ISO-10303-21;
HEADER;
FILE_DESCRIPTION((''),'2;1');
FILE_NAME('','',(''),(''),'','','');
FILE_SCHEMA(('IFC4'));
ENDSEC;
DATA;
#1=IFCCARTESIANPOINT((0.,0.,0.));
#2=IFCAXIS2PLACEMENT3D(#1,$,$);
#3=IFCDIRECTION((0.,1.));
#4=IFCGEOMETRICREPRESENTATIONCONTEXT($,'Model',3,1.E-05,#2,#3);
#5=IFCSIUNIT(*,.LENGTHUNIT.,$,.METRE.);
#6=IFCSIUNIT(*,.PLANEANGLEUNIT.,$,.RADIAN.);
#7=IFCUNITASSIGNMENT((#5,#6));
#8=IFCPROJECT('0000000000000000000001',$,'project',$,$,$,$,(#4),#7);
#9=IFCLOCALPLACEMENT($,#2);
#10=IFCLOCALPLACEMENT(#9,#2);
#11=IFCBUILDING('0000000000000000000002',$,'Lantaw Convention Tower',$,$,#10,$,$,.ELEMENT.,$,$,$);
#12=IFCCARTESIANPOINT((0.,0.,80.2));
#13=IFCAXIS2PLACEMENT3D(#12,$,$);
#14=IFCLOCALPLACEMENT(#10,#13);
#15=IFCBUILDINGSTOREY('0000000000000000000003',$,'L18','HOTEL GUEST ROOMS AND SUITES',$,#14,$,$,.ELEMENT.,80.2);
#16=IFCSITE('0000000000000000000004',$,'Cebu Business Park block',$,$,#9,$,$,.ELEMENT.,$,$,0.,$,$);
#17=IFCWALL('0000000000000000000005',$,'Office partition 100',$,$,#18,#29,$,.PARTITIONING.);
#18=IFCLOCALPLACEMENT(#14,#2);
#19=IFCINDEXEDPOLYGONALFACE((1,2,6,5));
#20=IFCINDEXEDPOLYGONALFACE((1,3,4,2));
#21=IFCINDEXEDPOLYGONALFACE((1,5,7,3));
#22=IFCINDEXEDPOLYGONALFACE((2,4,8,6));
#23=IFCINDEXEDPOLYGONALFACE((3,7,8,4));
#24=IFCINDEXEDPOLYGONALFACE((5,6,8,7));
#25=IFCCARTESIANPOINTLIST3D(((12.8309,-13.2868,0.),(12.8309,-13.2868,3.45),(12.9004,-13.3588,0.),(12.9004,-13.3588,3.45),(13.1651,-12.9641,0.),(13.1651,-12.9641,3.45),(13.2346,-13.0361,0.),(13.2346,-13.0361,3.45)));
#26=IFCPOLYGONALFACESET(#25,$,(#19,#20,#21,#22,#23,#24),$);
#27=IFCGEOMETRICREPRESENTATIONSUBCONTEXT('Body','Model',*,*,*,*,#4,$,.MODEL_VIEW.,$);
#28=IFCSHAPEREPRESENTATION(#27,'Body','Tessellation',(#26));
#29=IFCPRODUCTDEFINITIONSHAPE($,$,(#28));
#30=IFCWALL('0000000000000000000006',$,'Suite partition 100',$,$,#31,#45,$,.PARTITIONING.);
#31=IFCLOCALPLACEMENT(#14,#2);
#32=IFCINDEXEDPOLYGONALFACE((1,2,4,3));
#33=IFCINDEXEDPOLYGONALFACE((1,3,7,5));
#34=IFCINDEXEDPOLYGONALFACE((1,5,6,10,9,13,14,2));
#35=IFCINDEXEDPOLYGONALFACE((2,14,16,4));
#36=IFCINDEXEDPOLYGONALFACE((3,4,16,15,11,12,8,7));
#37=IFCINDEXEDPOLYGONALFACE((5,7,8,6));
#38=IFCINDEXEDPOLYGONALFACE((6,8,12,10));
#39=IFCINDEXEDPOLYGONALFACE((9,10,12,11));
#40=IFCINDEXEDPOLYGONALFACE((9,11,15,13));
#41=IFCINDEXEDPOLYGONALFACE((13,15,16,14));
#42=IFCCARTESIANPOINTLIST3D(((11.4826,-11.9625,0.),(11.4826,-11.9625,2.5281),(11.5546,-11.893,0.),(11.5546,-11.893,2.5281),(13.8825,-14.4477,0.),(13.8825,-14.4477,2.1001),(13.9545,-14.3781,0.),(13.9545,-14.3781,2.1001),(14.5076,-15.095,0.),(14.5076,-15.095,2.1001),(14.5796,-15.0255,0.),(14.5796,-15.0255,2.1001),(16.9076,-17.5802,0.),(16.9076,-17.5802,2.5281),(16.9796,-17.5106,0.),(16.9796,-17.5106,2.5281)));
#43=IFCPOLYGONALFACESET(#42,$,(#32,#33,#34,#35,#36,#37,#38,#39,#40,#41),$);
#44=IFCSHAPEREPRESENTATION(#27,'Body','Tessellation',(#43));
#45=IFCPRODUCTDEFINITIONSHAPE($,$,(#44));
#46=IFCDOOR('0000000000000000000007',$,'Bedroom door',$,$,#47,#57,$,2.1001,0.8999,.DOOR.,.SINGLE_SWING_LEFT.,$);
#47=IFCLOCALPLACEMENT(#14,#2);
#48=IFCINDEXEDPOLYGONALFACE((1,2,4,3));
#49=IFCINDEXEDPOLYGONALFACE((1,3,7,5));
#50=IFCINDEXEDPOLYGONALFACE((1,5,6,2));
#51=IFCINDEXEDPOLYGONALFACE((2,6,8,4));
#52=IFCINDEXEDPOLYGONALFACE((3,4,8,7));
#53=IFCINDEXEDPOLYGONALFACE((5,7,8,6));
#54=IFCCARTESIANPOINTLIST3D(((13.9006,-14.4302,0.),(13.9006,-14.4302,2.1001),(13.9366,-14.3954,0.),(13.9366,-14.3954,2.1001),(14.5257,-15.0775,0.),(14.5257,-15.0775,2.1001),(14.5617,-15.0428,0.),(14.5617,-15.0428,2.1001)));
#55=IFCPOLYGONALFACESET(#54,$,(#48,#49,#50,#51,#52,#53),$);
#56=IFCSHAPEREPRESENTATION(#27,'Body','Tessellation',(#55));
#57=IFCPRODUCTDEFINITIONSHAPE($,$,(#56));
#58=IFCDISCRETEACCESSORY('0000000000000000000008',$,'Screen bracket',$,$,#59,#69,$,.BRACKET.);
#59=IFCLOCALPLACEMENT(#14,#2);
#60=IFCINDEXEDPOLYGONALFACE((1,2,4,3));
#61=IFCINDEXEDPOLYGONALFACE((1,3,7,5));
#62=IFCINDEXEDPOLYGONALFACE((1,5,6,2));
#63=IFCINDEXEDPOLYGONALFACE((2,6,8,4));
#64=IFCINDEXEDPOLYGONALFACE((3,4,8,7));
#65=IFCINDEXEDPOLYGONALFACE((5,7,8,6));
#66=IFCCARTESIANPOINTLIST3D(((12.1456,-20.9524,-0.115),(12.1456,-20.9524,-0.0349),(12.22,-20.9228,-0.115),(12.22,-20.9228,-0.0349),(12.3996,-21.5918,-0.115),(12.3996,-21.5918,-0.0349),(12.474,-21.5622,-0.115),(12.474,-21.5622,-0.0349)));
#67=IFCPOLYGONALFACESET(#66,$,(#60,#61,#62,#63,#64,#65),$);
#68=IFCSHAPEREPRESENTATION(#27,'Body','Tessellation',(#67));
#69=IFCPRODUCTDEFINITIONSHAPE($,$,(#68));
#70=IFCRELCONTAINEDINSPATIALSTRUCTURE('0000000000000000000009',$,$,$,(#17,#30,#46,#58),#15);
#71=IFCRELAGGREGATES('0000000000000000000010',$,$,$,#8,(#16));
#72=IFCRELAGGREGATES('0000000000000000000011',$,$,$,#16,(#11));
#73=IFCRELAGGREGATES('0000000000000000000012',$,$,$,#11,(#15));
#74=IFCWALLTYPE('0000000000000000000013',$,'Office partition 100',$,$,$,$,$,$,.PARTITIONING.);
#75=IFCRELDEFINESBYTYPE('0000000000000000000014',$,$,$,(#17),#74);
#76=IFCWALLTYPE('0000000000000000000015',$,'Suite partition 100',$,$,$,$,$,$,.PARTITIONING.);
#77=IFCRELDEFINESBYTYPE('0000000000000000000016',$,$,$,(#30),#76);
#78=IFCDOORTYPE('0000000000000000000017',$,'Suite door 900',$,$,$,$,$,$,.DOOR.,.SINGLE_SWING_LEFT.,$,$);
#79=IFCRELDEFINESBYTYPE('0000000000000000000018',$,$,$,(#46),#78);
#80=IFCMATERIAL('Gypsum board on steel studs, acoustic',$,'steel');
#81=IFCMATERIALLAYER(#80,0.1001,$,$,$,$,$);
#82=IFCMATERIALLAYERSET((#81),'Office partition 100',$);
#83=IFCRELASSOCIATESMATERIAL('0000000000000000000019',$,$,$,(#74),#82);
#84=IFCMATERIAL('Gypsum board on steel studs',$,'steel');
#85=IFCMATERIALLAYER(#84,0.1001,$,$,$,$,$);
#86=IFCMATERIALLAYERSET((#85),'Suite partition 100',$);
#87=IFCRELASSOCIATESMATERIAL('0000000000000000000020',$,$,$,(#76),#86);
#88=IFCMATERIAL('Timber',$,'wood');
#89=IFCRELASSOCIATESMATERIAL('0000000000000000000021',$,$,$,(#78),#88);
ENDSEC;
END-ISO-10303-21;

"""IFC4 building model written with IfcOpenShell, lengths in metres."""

from ifc_helpers import new_model, si_unit, direction, frame, frame_2d, origin, origin_2d, place, context, subcontext, project, spatial, rectangle, extrude, material, layer, layer_set, type_object, element, fill, save


model = new_model("IFC4")

# Units and contexts
model_context = context("Model", 3, precision=1e-05, world=origin(), true_north=direction((0.0, 1.0)))
body_context = subcontext(model_context, "Body", "Model", "MODEL_VIEW")
ifc_project = project(units=[si_unit("LENGTHUNIT", "METRE"), si_unit("PLANEANGLEUNIT", "RADIAN")], contexts=[model_context])

# Site, building, storey
site_placement = place(None, origin())
site = spatial("IfcSite", under=ifc_project, at=site_placement, Name="Cebu Business Park block", CompositionType="ELEMENT", RefElevation=0.0)
building_placement = place(site_placement, origin())
building = spatial("IfcBuilding", under=site, at=building_placement, Name="Lantaw Convention Tower", CompositionType="ELEMENT")
storey_placement = place(building_placement, frame((0.0, 0.0, 80.2)))
storey = spatial("IfcBuildingStorey", under=building, at=storey_placement, Name="L18", Description="HOTEL GUEST ROOMS AND SUITES", CompositionType="ELEMENT", Elevation=80.2)

# Wall
ifc_material_1 = material(Name="Gypsum board on steel studs, acoustic", Category="steel")
ifc_layer_1 = layer(ifc_material_1, 0.1001)
ifc_layer_set_1 = layer_set([ifc_layer_1], Name="Office partition 100")
wall_type_1 = type_object("IfcWallType", Name="Office partition 100", PredefinedType="PARTITIONING", material=ifc_layer_set_1)
wall_1_placement = place(storey_placement, frame((13.2, -13.0, 0.0), z_axis=(0.0, 0.0, 1.0), x_axis=(-0.719347, -0.694651, 0.0)))
element("IfcWall", 1, at=wall_1_placement, inside=storey, type_object=wall_type_1, Name="Office partition 100", PredefinedType="PARTITIONING", context=body_context, shape_type="SweptSolid", body=[
    extrude(rectangle(XDim=0.4646, YDim=0.1001, at=frame_2d((0.2324, 0.0))), origin(), (0.0, 0.0, 1.0), 3.45),
])

# Wall, opening, door
ifc_material_2 = material(Name="Gypsum board on steel studs", Category="steel")
ifc_layer_2 = layer(ifc_material_2, 0.1001)
ifc_layer_set_2 = layer_set([ifc_layer_2], Name="Suite partition 100")
wall_type_2 = type_object("IfcWallType", Name="Suite partition 100", PredefinedType="PARTITIONING", material=ifc_layer_set_2)
wall_2_placement = place(storey_placement, frame((16.9436, -17.5454, 0.0), z_axis=(0.0, 0.0, 1.0), x_axis=(-0.694666, 0.719332, 0.0)))
wall_2 = element("IfcWall", 2, at=wall_2_placement, inside=storey, type_object=wall_type_2, Name="Suite partition 100", PredefinedType="PARTITIONING", context=body_context, shape_type="SweptSolid", body=[
    extrude(rectangle(XDim=7.8096, YDim=0.1001, at=frame_2d((3.9048, 0.0))), origin(), (0.0, 0.0, 1.0), 2.5281),
])
opening_1_placement = place(wall_2_placement, frame((3.4548, 0.0, 0.0)))
opening_1 = element("IfcOpeningElement", 3, at=opening_1_placement, cuts=wall_2, PredefinedType="OPENING", context=body_context, shape_type="SweptSolid", body=[
    extrude(rectangle(XDim=0.8999, YDim=2.1001, at=frame_2d((0.45, 1.05))), frame((0.0, 0.0601, 0.0), z_axis=(0.0, -1.0, 0.0), x_axis=(1.0, 0.0, 0.0)), (0.0, 0.0, 1.0), 0.1201),
])
ifc_material_3 = material(Name="Timber", Category="wood")
door_type_1 = type_object("IfcDoorType", Name="Suite door 900", OperationType="SINGLE_SWING_LEFT", PredefinedType="DOOR", material=ifc_material_3)
door_1_placement = place(opening_1_placement, origin())
door_1 = element("IfcDoor", 4, at=door_1_placement, inside=storey, type_object=door_type_1, Name="Bedroom door", OperationType="SINGLE_SWING_LEFT", OverallHeight=2.1001, OverallWidth=0.8999, PredefinedType="DOOR", context=body_context, shape_type="SweptSolid", body=[
    extrude(rectangle(XDim=0.8999, YDim=2.1001, at=frame_2d((0.45, 1.05))), frame((0.0, 0.0249, 0.0), z_axis=(0.0, -1.0, 0.0), x_axis=(1.0, 0.0, 0.0)), (0.0, 0.0, 1.0), 0.05),
])
fill(opening_1, door_1)

# Discrete accessory
discrete_accessory_placement = place(storey_placement, frame((12.3098, -21.2573, -0.115), z_axis=(0.0, 0.0, 1.0), x_axis=(0.929361, 0.369172, 0.0)))
element("IfcDiscreteAccessory", 5, at=discrete_accessory_placement, inside=storey, Name="Screen bracket", PredefinedType="BRACKET", context=body_context, shape_type="SweptSolid", body=[
    extrude(rectangle(XDim=0.0801, YDim=0.688, at=origin_2d()), origin(), (0.0, 0.0, 1.0), 0.0801),
])

save(model, "model.ifc")
